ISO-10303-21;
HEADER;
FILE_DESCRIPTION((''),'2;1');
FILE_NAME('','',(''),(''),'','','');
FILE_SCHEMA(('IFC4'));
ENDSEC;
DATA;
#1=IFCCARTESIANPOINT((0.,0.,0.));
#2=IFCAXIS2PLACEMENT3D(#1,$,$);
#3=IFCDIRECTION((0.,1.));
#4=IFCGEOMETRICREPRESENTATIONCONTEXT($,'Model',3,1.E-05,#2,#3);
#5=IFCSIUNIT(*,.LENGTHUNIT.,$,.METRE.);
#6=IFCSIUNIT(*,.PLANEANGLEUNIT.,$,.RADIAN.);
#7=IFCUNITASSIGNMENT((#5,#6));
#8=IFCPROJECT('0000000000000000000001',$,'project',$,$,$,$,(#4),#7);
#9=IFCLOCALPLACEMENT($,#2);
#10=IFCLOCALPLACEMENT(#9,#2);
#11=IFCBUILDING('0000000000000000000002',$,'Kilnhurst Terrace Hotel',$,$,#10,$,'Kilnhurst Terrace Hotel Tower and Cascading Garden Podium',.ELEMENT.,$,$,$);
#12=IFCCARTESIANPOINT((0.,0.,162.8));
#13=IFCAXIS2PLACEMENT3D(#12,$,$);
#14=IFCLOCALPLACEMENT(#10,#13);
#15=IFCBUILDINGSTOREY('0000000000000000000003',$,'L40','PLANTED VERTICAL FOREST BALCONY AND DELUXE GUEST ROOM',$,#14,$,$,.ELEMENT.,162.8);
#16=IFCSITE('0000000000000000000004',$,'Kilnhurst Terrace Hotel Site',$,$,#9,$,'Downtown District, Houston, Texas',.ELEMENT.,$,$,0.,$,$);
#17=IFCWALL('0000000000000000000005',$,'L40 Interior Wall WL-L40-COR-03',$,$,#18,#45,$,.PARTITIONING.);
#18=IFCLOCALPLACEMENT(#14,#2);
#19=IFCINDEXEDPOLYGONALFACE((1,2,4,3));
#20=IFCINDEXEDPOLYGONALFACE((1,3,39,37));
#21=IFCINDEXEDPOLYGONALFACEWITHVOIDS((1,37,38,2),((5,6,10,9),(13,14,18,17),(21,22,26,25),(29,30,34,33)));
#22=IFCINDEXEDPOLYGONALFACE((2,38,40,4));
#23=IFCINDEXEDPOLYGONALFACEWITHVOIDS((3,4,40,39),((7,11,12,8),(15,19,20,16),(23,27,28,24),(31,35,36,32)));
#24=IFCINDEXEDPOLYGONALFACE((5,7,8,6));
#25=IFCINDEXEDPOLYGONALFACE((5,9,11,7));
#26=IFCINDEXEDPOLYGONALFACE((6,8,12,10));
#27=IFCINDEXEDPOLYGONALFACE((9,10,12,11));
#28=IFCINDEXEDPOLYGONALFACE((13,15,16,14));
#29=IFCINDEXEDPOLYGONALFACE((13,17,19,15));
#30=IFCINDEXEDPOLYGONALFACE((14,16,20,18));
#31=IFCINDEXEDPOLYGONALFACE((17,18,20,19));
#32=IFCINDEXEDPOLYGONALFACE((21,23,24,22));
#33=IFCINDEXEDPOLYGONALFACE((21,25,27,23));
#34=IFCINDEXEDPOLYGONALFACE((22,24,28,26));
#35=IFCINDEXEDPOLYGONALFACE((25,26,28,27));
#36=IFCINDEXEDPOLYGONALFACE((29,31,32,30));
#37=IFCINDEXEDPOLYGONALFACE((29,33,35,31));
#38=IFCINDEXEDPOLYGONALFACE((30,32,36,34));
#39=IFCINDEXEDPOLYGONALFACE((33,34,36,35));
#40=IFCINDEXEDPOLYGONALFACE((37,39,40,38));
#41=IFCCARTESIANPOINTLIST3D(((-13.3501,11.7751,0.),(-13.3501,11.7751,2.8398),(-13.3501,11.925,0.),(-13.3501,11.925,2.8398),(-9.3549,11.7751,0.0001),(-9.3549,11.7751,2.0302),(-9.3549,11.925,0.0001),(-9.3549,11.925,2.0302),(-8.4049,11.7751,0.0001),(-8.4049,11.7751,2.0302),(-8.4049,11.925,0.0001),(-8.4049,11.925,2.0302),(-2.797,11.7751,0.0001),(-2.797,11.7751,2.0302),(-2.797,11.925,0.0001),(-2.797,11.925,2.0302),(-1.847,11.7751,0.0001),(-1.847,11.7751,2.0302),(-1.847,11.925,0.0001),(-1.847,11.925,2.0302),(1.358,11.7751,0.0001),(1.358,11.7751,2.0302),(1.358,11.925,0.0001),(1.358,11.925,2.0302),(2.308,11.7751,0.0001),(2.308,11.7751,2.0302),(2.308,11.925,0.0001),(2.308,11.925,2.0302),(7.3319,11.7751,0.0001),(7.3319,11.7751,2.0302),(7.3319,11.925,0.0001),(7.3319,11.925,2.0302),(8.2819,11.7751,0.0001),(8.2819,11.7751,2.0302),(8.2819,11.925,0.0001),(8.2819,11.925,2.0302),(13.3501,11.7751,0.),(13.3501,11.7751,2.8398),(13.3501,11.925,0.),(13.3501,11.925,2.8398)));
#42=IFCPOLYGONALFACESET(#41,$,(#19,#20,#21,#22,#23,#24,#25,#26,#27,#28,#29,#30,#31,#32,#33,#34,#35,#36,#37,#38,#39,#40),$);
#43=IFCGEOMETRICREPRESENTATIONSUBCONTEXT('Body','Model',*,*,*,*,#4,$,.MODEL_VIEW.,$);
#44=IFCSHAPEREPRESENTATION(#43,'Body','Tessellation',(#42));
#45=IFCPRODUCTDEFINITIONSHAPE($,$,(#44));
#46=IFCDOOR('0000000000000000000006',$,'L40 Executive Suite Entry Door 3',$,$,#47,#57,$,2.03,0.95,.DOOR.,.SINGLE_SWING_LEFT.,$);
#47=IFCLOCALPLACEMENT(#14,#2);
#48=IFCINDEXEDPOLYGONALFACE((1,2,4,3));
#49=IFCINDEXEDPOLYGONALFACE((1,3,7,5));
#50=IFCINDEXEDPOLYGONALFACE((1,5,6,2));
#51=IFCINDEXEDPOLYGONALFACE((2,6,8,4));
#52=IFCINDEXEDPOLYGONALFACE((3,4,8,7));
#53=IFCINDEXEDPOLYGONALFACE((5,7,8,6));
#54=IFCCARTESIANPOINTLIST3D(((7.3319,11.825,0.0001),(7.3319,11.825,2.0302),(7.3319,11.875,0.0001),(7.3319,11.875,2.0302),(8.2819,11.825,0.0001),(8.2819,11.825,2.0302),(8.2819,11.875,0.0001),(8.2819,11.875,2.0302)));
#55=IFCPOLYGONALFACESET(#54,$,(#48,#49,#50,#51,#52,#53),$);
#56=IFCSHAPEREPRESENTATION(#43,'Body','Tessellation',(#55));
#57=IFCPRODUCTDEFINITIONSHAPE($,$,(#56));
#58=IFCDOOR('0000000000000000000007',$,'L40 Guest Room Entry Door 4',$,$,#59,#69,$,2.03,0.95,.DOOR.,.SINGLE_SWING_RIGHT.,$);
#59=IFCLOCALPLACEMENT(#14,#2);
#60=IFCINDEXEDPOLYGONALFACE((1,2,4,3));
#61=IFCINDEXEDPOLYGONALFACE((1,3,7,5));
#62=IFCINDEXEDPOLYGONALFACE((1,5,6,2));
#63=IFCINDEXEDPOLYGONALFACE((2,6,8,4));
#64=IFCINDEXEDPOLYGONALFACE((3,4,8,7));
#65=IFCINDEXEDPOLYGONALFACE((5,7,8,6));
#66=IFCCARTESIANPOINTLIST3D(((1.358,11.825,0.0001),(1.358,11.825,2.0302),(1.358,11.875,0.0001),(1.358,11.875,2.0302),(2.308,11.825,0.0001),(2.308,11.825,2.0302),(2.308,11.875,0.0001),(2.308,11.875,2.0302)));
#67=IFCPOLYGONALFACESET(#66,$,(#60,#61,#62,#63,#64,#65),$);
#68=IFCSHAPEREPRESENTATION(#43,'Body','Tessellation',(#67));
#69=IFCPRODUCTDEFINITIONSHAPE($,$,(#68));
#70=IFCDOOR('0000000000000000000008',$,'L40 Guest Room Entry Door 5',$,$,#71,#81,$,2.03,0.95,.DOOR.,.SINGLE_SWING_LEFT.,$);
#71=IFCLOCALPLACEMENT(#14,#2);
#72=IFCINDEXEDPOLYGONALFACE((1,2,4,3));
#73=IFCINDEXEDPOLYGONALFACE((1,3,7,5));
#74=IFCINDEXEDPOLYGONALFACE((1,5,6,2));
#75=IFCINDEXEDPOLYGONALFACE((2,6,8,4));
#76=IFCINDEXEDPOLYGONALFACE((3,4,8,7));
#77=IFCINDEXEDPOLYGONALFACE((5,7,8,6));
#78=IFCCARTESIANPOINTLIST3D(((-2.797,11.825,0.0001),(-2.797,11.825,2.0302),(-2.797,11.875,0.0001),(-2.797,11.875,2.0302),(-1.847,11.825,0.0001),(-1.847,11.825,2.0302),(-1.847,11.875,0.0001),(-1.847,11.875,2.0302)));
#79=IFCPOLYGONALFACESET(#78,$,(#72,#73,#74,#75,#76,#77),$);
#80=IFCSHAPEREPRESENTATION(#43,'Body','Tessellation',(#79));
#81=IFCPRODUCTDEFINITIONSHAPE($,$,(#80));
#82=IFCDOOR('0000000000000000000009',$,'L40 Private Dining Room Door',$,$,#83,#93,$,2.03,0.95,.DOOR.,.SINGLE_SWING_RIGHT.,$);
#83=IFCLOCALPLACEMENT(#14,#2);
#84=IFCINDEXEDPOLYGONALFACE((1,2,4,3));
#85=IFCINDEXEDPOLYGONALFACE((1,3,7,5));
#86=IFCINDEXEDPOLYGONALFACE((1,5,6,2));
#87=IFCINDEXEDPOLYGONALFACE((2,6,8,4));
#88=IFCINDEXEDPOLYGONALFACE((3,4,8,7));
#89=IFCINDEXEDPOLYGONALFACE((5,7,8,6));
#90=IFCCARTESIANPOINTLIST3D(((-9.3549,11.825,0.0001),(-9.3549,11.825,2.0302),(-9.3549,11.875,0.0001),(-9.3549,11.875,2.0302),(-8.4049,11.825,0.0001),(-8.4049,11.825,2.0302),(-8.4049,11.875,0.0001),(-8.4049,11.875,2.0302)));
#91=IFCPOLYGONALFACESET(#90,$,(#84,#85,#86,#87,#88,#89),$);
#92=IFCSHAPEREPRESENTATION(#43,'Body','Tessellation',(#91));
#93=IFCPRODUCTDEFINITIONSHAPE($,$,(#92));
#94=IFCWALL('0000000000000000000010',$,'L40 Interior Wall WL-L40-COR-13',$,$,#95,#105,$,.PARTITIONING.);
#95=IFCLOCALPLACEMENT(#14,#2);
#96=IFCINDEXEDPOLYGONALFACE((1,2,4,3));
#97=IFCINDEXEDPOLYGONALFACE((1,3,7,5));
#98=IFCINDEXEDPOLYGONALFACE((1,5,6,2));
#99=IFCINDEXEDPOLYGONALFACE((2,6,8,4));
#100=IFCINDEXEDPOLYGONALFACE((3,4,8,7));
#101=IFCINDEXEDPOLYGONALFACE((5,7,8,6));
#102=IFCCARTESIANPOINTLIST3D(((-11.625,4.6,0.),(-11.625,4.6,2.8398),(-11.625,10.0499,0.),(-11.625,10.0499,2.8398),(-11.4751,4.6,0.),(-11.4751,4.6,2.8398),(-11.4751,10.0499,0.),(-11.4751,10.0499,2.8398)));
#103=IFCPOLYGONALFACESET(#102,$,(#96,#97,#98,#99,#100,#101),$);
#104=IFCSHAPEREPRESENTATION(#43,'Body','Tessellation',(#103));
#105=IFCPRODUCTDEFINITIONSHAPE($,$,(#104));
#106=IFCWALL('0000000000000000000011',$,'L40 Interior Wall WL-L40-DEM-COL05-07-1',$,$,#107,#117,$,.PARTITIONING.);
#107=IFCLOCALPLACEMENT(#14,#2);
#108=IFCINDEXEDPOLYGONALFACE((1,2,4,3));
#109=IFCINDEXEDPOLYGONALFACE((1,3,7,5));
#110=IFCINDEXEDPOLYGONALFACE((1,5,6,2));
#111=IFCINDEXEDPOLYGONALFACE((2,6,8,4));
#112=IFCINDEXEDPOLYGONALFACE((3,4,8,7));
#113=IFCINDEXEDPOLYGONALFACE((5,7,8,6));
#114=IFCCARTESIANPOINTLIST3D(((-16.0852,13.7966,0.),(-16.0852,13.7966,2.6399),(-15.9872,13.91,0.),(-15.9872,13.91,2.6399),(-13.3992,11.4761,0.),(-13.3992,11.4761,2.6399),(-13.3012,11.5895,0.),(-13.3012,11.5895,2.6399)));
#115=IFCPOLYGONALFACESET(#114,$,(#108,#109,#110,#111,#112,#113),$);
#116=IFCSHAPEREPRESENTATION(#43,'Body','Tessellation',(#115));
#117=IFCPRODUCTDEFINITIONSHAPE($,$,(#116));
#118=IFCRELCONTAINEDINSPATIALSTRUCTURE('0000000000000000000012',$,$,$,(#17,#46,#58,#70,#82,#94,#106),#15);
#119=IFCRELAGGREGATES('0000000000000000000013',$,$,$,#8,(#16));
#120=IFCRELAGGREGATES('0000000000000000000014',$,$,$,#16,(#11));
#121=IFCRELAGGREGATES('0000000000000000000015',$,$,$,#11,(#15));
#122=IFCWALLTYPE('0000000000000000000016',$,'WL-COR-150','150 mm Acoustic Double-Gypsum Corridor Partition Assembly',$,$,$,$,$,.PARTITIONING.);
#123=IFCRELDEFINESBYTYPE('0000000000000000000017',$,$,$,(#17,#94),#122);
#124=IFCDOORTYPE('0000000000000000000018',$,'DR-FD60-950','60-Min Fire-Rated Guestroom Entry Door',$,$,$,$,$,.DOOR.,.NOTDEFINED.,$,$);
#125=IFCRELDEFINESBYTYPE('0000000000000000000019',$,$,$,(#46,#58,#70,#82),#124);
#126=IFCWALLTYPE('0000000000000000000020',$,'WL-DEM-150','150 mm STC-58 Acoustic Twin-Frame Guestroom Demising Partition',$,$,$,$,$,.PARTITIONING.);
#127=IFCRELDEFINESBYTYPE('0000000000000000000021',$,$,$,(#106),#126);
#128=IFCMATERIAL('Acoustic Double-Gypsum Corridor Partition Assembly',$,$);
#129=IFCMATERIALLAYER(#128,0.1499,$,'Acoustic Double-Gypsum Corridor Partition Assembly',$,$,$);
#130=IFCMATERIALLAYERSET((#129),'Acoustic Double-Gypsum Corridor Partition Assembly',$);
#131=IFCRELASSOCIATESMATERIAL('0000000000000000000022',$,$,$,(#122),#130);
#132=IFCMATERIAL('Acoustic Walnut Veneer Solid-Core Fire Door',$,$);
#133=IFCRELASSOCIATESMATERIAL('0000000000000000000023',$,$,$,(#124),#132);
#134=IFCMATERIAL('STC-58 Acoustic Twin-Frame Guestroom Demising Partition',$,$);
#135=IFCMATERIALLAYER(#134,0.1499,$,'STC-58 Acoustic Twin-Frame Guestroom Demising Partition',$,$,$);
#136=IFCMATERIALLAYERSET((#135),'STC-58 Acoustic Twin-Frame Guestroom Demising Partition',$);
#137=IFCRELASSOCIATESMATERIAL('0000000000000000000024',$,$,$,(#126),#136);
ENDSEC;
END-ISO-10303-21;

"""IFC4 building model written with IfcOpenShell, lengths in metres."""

from ifc_helpers import new_model, si_unit, direction, frame, frame_2d, origin, place, context, subcontext, project, spatial, rectangle, extrude, material, layer, layer_set, type_object, element, fill, save


model = new_model("IFC4")

# Units and contexts
model_context = context("Model", 3, precision=1e-05, world=origin(), true_north=direction((0.0, 1.0)))
body_context = subcontext(model_context, "Body", "Model", "MODEL_VIEW")
ifc_project = project(units=[si_unit("LENGTHUNIT", "METRE"), si_unit("PLANEANGLEUNIT", "RADIAN")], contexts=[model_context])

# Site, building, storey
site_placement = place(None, origin())
site = spatial("IfcSite", under=ifc_project, at=site_placement, Name="Kilnhurst Terrace Hotel Site", LongName="Downtown District, Houston, Texas", CompositionType="ELEMENT", RefElevation=0.0)
building_placement = place(site_placement, origin())
building = spatial("IfcBuilding", under=site, at=building_placement, Name="Kilnhurst Terrace Hotel", LongName="Kilnhurst Terrace Hotel Tower and Cascading Garden Podium", CompositionType="ELEMENT")
storey_placement = place(building_placement, frame((0.0, 0.0, 162.8)))
storey = spatial("IfcBuildingStorey", under=building, at=storey_placement, Name="L40", Description="PLANTED VERTICAL FOREST BALCONY AND DELUXE GUEST ROOM", CompositionType="ELEMENT", Elevation=162.8)

# Wall, openings, doors
ifc_material_1 = material(Name="Acoustic Double-Gypsum Corridor Partition Assembly")
ifc_layer_1 = layer(ifc_material_1, 0.1499, Name="Acoustic Double-Gypsum Corridor Partition Assembly")
ifc_layer_set_1 = layer_set([ifc_layer_1], Name="Acoustic Double-Gypsum Corridor Partition Assembly")
wall_type_1 = type_object("IfcWallType", Name="WL-COR-150", Description="150 mm Acoustic Double-Gypsum Corridor Partition Assembly", PredefinedType="PARTITIONING", material=ifc_layer_set_1)
wall_1_placement = place(storey_placement, frame((-13.3501, 11.8501, 0.0), z_axis=(0.0, 0.0, 1.0), x_axis=(1.0, 0.0, 0.0)))
wall_1 = element("IfcWall", 1, at=wall_1_placement, inside=storey, type_object=wall_type_1, Name="L40 Interior Wall WL-L40-COR-03", PredefinedType="PARTITIONING", context=body_context, shape_type="SweptSolid", body=[
    extrude(rectangle(XDim=26.7002, YDim=0.1499, at=frame_2d((13.3501, 0.0))), origin(), (0.0, 0.0, 1.0), 2.8398),
])
opening_1_placement = place(wall_1_placement, frame((20.6819, 0.0, 0.0)))
opening_1 = element("IfcOpeningElement", 2, at=opening_1_placement, cuts=wall_1, PredefinedType="OPENING", context=body_context, shape_type="SweptSolid", body=[
    extrude(rectangle(XDim=0.95, YDim=2.03, at=frame_2d((0.4751, 1.0151))), frame((0.0, 0.085, 0.0), z_axis=(0.0, -1.0, 0.0), x_axis=(1.0, 0.0, 0.0)), (0.0, 0.0, 1.0), 0.1699),
])
opening_2_placement = place(wall_1_placement, frame((14.708, 0.0, 0.0)))
opening_2 = element("IfcOpeningElement", 3, at=opening_2_placement, cuts=wall_1, PredefinedType="OPENING", context=body_context, shape_type="SweptSolid", body=[
    extrude(rectangle(XDim=0.95, YDim=2.03, at=frame_2d((0.4751, 1.0151))), frame((0.0, 0.085, 0.0), z_axis=(0.0, -1.0, 0.0), x_axis=(1.0, 0.0, 0.0)), (0.0, 0.0, 1.0), 0.1699),
])
opening_3_placement = place(wall_1_placement, frame((10.553, 0.0, 0.0)))
opening_3 = element("IfcOpeningElement", 4, at=opening_3_placement, cuts=wall_1, PredefinedType="OPENING", context=body_context, shape_type="SweptSolid", body=[
    extrude(rectangle(XDim=0.95, YDim=2.03, at=frame_2d((0.4751, 1.0151))), frame((0.0, 0.085, 0.0), z_axis=(0.0, -1.0, 0.0), x_axis=(1.0, 0.0, 0.0)), (0.0, 0.0, 1.0), 0.1699),
])
opening_4_placement = place(wall_1_placement, frame((3.9951, 0.0, 0.0)))
opening_4 = element("IfcOpeningElement", 5, at=opening_4_placement, cuts=wall_1, PredefinedType="OPENING", context=body_context, shape_type="SweptSolid", body=[
    extrude(rectangle(XDim=0.95, YDim=2.03, at=frame_2d((0.4751, 1.0151))), frame((0.0, 0.085, 0.0), z_axis=(0.0, -1.0, 0.0), x_axis=(1.0, 0.0, 0.0)), (0.0, 0.0, 1.0), 0.1699),
])
ifc_material_2 = material(Name="Acoustic Walnut Veneer Solid-Core Fire Door")
door_type_1 = type_object("IfcDoorType", Name="DR-FD60-950", Description="60-Min Fire-Rated Guestroom Entry Door", OperationType="NOTDEFINED", PredefinedType="DOOR", material=ifc_material_2)
door_1_placement = place(opening_1_placement, origin())
door_1 = element("IfcDoor", 6, at=door_1_placement, inside=storey, type_object=door_type_1, Name="L40 Executive Suite Entry Door 3", OperationType="SINGLE_SWING_LEFT", OverallHeight=2.03, OverallWidth=0.95, PredefinedType="DOOR", context=body_context, shape_type="SweptSolid", body=[
    extrude(rectangle(XDim=0.95, YDim=2.03, at=frame_2d((0.4751, 1.0151))), frame((0.0, 0.0249, 0.0), z_axis=(0.0, -1.0, 0.0), x_axis=(1.0, 0.0, 0.0)), (0.0, 0.0, 1.0), 0.05),
])
fill(opening_1, door_1)
door_2_placement = place(opening_2_placement, origin())
door_2 = element("IfcDoor", 7, at=door_2_placement, inside=storey, type_object=door_type_1, Name="L40 Guest Room Entry Door 4", OperationType="SINGLE_SWING_RIGHT", OverallHeight=2.03, OverallWidth=0.95, PredefinedType="DOOR", context=body_context, shape_type="SweptSolid", body=[
    extrude(rectangle(XDim=0.95, YDim=2.03, at=frame_2d((0.4751, 1.0151))), frame((0.0, 0.0249, 0.0), z_axis=(0.0, -1.0, 0.0), x_axis=(1.0, 0.0, 0.0)), (0.0, 0.0, 1.0), 0.05),
])
fill(opening_2, door_2)
door_3_placement = place(opening_3_placement, origin())
door_3 = element("IfcDoor", 8, at=door_3_placement, inside=storey, type_object=door_type_1, Name="L40 Guest Room Entry Door 5", OperationType="SINGLE_SWING_LEFT", OverallHeight=2.03, OverallWidth=0.95, PredefinedType="DOOR", context=body_context, shape_type="SweptSolid", body=[
    extrude(rectangle(XDim=0.95, YDim=2.03, at=frame_2d((0.4751, 1.0151))), frame((0.0, 0.0249, 0.0), z_axis=(0.0, -1.0, 0.0), x_axis=(1.0, 0.0, 0.0)), (0.0, 0.0, 1.0), 0.05),
])
fill(opening_3, door_3)
door_4_placement = place(opening_4_placement, origin())
door_4 = element("IfcDoor", 9, at=door_4_placement, inside=storey, type_object=door_type_1, Name="L40 Private Dining Room Door", OperationType="SINGLE_SWING_RIGHT", OverallHeight=2.03, OverallWidth=0.95, PredefinedType="DOOR", context=body_context, shape_type="SweptSolid", body=[
    extrude(rectangle(XDim=0.95, YDim=2.03, at=frame_2d((0.4751, 1.0151))), frame((0.0, 0.0249, 0.0), z_axis=(0.0, -1.0, 0.0), x_axis=(1.0, 0.0, 0.0)), (0.0, 0.0, 1.0), 0.05),
])
fill(opening_4, door_4)

# Walls
wall_2_placement = place(storey_placement, frame((-11.55, 10.05, 0.0), z_axis=(0.0, 0.0, 1.0), x_axis=(0.0, -1.0, 0.0)))
element("IfcWall", 10, at=wall_2_placement, inside=storey, type_object=wall_type_1, Name="L40 Interior Wall WL-L40-COR-13", PredefinedType="PARTITIONING", context=body_context, shape_type="SweptSolid", body=[
    extrude(rectangle(XDim=5.45, YDim=0.1499, at=frame_2d((2.7251, 0.0))), origin(), (0.0, 0.0, 1.0), 2.8398),
])
ifc_material_3 = material(Name="STC-58 Acoustic Twin-Frame Guestroom Demising Partition")
ifc_layer_2 = layer(ifc_material_3, 0.1499, Name="STC-58 Acoustic Twin-Frame Guestroom Demising Partition")
ifc_layer_set_2 = layer_set([ifc_layer_2], Name="STC-58 Acoustic Twin-Frame Guestroom Demising Partition")
wall_type_2 = type_object("IfcWallType", Name="WL-DEM-150", Description="150 mm STC-58 Acoustic Twin-Frame Guestroom Demising Partition", PredefinedType="PARTITIONING", material=ifc_layer_set_2)
wall_3_placement = place(storey_placement, frame((-13.3501, 11.5327, 0.0), z_axis=(0.0, 0.0, 1.0), x_axis=(-0.756712, 0.653749, 0.0)))
element("IfcWall", 11, at=wall_3_placement, inside=storey, type_object=wall_type_2, Name="L40 Interior Wall WL-L40-DEM-COL05-07-1", PredefinedType="PARTITIONING", context=body_context, shape_type="SweptSolid", body=[
    extrude(rectangle(XDim=3.5496, YDim=0.1499, at=frame_2d((1.7749, 0.0))), origin(), (0.0, 0.0, 1.0), 2.6399),
])

save(model, "model.ifc")
